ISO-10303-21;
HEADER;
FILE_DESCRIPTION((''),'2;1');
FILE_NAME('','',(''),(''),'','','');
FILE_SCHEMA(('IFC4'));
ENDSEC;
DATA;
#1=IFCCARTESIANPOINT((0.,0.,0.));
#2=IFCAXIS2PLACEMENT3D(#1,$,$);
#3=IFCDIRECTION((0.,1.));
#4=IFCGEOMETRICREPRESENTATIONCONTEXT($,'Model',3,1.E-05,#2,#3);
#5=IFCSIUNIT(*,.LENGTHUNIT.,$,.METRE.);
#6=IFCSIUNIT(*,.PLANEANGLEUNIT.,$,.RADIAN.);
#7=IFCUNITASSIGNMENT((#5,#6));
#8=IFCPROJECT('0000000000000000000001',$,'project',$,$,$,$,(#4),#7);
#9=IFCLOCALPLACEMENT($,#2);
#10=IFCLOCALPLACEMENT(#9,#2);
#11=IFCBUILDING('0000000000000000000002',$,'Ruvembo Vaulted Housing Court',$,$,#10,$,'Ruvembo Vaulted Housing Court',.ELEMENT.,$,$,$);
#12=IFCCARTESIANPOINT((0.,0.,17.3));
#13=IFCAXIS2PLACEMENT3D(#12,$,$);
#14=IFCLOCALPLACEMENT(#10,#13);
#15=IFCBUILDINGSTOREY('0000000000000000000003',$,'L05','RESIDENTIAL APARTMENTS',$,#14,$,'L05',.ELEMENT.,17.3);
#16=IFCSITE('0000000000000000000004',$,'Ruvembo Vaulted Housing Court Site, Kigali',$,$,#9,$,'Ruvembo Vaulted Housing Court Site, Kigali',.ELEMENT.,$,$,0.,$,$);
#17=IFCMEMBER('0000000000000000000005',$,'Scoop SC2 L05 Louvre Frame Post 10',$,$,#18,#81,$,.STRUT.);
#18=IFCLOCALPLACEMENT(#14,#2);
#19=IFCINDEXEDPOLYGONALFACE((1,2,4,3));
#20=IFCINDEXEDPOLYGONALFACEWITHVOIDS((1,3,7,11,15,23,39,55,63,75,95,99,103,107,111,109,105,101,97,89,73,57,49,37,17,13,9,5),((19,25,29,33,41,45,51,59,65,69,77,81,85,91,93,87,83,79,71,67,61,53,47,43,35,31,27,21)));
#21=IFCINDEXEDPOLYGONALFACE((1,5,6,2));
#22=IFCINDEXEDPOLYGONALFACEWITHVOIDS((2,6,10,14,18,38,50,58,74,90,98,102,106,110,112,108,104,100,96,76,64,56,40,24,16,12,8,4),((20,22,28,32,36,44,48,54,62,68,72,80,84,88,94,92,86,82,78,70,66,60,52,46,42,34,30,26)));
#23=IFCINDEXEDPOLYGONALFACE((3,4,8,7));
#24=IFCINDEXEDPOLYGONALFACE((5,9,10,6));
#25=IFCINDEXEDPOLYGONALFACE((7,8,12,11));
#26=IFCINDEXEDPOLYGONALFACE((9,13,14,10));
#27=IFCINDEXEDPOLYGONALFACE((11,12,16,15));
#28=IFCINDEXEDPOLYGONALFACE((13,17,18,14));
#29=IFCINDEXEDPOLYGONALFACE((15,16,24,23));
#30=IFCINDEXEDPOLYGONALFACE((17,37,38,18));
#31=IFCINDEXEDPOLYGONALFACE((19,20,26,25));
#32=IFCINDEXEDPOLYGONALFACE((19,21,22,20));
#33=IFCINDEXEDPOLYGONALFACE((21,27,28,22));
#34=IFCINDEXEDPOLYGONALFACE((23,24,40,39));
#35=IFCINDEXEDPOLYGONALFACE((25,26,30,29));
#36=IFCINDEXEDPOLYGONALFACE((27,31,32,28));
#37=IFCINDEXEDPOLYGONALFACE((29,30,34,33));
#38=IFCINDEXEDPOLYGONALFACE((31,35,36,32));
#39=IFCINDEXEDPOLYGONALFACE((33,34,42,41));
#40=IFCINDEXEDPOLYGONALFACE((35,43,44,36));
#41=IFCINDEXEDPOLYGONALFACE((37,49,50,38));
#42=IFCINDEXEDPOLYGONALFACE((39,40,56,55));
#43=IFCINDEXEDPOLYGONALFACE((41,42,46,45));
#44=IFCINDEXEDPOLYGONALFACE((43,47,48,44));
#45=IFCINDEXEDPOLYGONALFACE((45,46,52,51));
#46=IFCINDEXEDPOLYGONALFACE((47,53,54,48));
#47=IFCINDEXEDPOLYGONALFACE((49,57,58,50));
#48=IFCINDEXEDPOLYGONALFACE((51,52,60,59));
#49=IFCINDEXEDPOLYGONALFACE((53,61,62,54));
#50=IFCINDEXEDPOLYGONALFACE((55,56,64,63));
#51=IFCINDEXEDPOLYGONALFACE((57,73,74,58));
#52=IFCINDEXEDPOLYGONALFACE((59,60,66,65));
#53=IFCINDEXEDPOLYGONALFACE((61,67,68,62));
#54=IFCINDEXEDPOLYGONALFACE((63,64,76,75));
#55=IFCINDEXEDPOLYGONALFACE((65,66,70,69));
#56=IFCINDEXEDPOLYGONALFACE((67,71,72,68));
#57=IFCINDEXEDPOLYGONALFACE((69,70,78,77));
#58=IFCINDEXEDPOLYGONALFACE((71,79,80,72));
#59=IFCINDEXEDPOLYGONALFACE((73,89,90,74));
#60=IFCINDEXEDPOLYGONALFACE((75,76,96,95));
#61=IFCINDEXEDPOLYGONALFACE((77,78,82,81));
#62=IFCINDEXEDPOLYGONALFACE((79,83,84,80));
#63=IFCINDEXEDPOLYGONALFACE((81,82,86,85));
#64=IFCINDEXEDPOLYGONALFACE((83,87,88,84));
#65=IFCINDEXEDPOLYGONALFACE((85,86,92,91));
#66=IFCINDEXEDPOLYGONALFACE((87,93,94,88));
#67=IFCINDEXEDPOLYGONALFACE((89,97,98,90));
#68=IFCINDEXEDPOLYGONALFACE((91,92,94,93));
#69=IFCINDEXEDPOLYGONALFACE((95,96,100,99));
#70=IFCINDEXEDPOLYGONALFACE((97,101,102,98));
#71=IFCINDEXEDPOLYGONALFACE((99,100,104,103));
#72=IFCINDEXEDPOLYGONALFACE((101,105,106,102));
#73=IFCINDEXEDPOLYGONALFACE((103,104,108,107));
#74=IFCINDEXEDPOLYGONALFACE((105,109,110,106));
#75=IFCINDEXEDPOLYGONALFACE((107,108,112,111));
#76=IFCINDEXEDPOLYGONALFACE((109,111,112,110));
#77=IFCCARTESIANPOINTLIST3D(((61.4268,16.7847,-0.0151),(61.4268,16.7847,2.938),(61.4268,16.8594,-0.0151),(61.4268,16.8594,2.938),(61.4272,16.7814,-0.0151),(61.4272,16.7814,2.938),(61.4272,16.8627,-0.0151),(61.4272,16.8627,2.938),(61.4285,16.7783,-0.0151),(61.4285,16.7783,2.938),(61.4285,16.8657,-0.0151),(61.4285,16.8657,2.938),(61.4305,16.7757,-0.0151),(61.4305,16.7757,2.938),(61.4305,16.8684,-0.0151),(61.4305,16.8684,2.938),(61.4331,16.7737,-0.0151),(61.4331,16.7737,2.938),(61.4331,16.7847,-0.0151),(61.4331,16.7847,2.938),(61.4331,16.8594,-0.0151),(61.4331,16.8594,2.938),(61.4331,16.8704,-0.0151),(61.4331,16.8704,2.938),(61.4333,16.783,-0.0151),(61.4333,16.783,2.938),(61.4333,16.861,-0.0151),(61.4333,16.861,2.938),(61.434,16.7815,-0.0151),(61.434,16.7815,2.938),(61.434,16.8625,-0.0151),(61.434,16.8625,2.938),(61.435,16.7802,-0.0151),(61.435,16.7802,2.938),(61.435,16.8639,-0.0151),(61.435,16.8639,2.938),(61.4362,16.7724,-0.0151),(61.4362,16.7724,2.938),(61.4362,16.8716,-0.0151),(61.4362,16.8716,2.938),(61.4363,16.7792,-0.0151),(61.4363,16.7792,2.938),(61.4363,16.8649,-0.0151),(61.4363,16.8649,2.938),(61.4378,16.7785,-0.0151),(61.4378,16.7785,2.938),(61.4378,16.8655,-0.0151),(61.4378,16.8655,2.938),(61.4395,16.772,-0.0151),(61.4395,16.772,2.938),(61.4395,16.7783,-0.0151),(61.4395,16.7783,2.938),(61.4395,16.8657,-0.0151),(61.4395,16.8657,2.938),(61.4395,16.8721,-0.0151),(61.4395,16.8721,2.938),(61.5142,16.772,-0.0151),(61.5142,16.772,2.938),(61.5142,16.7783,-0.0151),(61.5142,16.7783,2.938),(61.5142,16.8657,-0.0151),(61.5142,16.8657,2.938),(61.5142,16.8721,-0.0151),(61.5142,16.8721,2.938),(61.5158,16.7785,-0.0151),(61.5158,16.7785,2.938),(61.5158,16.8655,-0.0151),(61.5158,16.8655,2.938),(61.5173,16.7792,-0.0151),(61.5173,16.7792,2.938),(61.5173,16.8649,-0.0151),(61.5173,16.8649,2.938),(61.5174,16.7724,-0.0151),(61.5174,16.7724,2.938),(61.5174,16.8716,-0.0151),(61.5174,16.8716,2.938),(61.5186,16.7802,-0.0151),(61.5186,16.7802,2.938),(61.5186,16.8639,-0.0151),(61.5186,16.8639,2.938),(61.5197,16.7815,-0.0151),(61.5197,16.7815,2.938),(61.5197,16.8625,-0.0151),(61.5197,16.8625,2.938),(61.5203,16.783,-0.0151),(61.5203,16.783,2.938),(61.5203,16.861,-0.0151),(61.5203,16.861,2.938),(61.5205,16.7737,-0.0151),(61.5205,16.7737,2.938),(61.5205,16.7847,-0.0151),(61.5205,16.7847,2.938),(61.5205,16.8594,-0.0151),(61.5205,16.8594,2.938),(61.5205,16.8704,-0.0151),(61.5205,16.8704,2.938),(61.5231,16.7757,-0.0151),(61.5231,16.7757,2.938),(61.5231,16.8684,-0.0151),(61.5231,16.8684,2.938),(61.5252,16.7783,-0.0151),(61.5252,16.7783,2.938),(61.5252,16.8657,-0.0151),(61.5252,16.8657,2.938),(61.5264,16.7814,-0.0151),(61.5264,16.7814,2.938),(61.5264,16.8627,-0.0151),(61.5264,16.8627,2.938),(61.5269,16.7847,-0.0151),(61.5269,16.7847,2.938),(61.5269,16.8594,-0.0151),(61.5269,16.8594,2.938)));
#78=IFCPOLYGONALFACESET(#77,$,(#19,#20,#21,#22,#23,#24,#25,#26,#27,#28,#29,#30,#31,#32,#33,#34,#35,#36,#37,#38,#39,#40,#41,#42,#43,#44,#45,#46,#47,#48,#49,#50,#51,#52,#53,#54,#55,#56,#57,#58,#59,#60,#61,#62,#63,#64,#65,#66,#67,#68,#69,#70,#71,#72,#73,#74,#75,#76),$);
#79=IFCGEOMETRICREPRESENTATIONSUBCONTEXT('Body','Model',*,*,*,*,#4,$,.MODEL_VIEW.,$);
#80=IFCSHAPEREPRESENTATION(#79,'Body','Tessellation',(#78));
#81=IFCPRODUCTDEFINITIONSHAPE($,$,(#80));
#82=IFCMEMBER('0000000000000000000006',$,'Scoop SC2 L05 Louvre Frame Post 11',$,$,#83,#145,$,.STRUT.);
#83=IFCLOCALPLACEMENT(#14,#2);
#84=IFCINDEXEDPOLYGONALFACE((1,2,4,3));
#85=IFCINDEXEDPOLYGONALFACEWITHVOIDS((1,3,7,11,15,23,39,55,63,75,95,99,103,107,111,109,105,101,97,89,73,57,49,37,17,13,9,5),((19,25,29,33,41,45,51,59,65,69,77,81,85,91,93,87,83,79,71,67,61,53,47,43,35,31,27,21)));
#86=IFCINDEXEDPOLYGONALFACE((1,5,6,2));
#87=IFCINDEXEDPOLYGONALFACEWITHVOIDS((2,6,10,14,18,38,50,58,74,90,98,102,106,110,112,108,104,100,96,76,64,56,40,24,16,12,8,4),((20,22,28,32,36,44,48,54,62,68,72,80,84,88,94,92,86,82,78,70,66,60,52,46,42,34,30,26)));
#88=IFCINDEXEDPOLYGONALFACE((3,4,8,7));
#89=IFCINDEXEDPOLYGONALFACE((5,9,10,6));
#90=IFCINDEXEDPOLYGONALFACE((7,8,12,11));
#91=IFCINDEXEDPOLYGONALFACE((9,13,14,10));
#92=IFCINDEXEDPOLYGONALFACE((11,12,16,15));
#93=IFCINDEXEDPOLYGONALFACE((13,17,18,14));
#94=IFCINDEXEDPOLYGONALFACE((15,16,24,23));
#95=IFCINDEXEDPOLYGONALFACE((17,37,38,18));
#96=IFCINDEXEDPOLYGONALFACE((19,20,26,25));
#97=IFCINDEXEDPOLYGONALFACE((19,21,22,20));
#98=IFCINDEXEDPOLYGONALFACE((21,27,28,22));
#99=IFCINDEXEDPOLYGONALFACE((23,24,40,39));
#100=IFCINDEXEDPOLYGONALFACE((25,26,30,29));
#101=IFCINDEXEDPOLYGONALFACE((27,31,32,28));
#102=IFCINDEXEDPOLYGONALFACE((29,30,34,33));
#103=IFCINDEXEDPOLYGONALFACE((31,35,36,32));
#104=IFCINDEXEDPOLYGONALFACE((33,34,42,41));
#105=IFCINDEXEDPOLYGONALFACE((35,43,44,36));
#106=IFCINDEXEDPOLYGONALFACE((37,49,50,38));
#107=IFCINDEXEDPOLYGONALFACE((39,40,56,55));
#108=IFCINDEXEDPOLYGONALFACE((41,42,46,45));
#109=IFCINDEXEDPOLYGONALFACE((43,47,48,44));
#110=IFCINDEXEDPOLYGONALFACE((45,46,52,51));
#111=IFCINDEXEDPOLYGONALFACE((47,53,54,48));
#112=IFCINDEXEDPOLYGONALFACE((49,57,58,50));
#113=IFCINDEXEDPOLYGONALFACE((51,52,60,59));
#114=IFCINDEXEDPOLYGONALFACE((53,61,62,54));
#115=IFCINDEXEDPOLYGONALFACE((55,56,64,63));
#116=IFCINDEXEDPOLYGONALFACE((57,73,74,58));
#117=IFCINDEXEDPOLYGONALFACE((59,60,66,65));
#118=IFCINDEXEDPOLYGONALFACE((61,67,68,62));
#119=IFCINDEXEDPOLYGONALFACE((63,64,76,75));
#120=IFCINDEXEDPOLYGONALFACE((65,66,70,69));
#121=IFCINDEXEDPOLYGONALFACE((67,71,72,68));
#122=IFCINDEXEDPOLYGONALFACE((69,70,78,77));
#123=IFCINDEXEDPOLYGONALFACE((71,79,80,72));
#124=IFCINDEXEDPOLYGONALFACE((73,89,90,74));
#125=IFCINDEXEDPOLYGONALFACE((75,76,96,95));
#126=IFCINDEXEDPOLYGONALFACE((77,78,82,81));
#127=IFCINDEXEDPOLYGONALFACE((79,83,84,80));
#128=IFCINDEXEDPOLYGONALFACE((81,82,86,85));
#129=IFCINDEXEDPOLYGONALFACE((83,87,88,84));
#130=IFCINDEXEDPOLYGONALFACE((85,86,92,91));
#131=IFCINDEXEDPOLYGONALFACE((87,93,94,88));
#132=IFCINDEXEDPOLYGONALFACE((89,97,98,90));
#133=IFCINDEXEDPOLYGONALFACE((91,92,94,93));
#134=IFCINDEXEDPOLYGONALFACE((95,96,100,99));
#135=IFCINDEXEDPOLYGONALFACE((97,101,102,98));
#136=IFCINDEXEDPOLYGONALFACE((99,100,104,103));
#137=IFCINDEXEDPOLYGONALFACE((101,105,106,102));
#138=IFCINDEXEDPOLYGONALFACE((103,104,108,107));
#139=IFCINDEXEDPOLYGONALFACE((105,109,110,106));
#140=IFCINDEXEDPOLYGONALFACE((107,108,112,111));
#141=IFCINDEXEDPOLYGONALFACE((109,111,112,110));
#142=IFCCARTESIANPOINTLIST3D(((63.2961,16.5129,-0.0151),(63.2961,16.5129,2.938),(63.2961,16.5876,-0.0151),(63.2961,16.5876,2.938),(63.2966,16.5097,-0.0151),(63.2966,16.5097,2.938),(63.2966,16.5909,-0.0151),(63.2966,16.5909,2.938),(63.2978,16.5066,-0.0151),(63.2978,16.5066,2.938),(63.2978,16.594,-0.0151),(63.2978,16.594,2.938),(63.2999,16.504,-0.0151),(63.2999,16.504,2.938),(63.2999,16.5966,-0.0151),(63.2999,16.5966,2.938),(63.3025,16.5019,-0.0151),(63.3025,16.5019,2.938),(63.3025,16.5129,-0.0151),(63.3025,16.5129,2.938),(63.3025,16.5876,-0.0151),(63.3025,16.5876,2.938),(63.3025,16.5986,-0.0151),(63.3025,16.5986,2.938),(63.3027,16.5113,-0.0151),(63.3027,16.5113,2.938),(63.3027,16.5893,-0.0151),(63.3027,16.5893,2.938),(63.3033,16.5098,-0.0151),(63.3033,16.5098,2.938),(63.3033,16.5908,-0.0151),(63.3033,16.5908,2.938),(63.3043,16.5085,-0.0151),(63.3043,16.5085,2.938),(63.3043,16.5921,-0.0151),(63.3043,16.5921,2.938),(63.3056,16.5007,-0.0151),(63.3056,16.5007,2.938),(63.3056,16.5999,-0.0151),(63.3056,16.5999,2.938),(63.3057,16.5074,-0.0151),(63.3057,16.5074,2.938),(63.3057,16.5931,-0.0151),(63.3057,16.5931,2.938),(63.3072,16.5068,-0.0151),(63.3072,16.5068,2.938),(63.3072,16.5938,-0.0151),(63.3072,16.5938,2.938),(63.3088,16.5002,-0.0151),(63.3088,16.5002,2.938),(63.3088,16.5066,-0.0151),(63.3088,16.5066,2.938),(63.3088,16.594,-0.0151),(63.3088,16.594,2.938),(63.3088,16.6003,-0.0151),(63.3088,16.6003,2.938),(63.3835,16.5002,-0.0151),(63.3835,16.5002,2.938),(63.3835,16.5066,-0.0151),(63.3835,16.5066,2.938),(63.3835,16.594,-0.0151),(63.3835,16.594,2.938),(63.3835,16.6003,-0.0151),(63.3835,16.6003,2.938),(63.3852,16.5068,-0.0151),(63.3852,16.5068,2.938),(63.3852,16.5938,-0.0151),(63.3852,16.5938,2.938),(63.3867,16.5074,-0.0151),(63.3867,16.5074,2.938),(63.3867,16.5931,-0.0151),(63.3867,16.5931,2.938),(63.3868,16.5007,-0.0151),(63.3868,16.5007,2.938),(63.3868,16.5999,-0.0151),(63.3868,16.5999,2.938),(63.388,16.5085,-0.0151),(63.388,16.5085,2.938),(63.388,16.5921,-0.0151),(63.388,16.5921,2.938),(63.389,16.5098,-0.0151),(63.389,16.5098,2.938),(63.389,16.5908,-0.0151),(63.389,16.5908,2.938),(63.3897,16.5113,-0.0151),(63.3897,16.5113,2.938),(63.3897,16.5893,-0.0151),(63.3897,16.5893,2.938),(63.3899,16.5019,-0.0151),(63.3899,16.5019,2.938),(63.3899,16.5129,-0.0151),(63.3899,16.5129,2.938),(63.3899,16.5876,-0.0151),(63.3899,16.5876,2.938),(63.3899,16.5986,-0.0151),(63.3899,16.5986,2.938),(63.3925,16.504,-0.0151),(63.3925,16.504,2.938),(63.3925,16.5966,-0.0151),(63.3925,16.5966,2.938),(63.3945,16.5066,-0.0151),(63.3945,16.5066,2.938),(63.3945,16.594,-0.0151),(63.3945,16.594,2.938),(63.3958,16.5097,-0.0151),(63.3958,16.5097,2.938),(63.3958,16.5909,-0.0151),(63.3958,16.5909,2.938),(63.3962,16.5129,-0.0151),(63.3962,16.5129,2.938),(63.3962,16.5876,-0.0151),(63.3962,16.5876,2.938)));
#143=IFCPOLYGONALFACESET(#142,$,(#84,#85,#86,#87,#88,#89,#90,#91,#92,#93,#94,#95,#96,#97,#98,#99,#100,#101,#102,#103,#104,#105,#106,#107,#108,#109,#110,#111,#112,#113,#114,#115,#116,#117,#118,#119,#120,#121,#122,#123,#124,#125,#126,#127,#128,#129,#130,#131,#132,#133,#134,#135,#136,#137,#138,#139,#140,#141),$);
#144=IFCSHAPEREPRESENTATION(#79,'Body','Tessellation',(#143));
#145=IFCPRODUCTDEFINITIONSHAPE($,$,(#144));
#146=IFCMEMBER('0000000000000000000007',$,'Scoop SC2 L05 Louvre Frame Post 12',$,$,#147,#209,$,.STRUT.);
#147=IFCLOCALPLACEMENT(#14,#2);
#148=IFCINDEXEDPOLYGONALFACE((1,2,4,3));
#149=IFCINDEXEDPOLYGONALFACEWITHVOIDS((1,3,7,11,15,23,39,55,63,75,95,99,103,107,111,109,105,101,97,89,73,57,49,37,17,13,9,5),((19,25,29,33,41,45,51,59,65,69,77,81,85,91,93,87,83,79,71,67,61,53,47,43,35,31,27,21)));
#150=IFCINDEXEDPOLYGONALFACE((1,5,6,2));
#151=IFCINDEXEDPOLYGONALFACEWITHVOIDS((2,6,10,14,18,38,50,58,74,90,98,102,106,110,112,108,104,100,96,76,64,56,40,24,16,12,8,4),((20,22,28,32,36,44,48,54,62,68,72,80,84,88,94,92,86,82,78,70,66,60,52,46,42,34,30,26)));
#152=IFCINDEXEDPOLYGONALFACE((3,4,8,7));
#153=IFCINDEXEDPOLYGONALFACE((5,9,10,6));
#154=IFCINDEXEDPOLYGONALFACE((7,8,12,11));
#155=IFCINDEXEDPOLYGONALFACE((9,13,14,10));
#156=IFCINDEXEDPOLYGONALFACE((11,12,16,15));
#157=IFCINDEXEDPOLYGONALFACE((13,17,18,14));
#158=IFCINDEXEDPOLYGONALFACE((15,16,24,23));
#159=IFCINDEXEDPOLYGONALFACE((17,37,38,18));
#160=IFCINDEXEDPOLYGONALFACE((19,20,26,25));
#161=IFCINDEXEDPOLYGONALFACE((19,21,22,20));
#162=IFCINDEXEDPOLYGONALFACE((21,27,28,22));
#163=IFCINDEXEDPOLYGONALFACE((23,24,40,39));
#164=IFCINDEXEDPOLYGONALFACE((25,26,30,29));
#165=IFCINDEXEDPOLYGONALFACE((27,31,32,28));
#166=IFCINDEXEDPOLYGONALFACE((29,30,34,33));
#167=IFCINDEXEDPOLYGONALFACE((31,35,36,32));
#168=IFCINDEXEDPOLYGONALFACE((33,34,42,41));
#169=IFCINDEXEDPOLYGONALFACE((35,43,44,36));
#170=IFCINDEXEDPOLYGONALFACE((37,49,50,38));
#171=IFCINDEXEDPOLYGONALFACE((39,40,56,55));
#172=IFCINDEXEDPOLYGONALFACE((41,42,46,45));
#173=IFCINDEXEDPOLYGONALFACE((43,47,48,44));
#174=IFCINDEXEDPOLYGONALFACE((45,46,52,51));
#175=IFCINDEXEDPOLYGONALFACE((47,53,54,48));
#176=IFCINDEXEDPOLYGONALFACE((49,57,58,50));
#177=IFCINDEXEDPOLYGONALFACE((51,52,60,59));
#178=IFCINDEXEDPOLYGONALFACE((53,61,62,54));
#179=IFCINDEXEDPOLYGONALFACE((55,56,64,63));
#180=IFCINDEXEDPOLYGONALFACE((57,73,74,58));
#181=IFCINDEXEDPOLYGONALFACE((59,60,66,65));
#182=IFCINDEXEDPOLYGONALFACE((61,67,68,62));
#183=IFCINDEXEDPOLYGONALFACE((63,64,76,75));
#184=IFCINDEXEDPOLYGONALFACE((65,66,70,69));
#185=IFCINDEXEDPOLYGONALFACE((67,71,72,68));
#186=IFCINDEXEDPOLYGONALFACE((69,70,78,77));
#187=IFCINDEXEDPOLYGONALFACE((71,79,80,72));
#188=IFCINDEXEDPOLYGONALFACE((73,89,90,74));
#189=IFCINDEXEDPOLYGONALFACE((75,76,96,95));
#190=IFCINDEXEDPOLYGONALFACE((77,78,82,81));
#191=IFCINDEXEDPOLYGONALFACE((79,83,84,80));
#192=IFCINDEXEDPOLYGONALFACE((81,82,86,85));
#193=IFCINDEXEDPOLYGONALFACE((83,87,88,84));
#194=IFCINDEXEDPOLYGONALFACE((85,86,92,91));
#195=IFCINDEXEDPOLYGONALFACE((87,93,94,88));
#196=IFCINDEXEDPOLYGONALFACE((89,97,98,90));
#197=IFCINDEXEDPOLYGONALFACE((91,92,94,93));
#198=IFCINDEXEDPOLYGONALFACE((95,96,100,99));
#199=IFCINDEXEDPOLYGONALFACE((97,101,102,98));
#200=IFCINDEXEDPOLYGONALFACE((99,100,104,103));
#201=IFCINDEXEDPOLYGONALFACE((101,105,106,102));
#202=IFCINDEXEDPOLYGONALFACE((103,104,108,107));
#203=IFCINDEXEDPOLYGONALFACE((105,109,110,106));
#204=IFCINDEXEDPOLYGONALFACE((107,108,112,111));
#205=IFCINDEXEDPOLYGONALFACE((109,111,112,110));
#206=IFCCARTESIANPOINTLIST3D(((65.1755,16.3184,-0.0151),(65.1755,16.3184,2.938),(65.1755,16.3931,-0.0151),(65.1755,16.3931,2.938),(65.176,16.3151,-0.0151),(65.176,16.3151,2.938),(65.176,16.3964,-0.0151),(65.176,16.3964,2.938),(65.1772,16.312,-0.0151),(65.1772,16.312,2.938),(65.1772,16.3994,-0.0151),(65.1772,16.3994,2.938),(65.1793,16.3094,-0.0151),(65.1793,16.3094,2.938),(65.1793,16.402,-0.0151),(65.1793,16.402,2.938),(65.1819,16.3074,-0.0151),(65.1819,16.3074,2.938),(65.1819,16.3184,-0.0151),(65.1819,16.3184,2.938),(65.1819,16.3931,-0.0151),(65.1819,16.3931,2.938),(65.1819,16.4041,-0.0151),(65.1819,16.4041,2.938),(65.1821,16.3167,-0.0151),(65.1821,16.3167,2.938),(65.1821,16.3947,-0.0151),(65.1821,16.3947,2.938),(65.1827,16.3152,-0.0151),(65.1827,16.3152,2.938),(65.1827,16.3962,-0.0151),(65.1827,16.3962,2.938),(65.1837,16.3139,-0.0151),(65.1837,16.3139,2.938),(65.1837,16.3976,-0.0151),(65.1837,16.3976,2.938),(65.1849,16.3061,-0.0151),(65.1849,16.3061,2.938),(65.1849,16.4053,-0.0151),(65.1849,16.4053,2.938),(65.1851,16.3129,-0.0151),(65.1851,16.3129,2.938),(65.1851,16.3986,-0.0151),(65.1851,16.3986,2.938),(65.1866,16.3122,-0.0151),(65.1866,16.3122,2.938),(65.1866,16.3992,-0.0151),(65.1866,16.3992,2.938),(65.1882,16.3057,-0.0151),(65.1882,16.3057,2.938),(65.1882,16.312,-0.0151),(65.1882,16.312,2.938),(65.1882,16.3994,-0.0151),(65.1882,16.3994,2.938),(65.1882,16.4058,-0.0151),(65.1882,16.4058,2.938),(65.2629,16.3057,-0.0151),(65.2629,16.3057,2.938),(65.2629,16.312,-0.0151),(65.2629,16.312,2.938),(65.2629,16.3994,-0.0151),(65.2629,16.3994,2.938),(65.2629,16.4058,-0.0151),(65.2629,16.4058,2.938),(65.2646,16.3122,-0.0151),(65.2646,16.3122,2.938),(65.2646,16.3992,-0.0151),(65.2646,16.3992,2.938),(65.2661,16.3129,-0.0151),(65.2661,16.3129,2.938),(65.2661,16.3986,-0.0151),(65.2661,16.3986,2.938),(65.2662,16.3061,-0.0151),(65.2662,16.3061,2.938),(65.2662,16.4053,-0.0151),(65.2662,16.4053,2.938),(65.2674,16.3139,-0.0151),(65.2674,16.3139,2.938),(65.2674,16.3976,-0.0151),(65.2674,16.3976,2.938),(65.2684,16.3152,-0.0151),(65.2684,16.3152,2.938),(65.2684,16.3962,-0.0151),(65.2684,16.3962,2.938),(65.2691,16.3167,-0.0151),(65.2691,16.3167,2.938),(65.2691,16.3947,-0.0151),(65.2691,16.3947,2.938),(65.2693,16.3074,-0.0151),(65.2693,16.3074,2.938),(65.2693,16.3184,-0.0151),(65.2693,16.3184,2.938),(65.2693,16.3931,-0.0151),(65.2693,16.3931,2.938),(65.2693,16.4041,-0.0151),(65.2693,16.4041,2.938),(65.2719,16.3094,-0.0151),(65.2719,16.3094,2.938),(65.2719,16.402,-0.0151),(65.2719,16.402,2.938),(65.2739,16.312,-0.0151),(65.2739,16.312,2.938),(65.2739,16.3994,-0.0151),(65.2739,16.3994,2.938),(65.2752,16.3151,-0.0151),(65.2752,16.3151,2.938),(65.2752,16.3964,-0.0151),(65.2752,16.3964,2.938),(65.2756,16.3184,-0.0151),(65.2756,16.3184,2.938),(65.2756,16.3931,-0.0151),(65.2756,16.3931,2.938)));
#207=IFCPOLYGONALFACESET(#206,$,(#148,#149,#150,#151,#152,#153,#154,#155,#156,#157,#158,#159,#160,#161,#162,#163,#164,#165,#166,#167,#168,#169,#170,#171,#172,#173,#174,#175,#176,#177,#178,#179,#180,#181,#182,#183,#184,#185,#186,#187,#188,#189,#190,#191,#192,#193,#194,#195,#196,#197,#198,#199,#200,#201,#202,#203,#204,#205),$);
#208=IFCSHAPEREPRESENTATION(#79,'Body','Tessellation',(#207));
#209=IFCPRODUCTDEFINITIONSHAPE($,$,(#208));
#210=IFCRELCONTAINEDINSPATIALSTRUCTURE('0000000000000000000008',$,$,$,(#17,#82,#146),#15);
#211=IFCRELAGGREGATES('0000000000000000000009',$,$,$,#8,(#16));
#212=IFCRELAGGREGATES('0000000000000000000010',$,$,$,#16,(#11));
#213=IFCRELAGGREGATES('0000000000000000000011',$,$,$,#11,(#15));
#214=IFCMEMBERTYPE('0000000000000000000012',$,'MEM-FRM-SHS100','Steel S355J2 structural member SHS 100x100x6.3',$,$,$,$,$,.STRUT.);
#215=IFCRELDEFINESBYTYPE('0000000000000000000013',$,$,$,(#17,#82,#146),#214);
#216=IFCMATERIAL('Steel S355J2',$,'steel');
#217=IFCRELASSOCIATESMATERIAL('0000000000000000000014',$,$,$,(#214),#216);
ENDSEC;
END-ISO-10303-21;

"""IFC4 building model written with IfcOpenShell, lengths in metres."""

from ifc_helpers import new_model, si_unit, direction, frame, origin, origin_2d, place, context, subcontext, project, spatial, hollow_rectangle, extrude, material, material_profile, profile_set, type_object, element, save


model = new_model("IFC4")

# Units and contexts
model_context = context("Model", 3, precision=1e-05, world=origin(), true_north=direction((0.0, 1.0)))
body_context = subcontext(model_context, "Body", "Model", "MODEL_VIEW")
ifc_project = project(units=[si_unit("LENGTHUNIT", "METRE"), si_unit("PLANEANGLEUNIT", "RADIAN")], contexts=[model_context])

# Site, building, storey
site_placement = place(None, origin())
site = spatial("IfcSite", under=ifc_project, at=site_placement, Name="Ruvembo Vaulted Housing Court Site, Kigali", LongName="Ruvembo Vaulted Housing Court Site, Kigali", CompositionType="ELEMENT", RefElevation=0.0)
building_placement = place(site_placement, origin())
building = spatial("IfcBuilding", under=site, at=building_placement, Name="Ruvembo Vaulted Housing Court", LongName="Ruvembo Vaulted Housing Court", CompositionType="ELEMENT")
storey_placement = place(building_placement, frame((0.0, 0.0, 17.3)))
storey = spatial("IfcBuildingStorey", under=building, at=storey_placement, Name="L05", Description="RESIDENTIAL APARTMENTS", LongName="L05", CompositionType="ELEMENT", Elevation=17.3)

# Shared definitions
ifc_material_1 = material(Name="Steel S355J2", Category="steel")

# Members
ifc_material_profile_1 = material_profile(ifc_material_1, hollow_rectangle(XDim=0.1001, YDim=0.1001, WallThickness=0.0063, InnerFilletRadius=0.0063, OuterFilletRadius=0.0127, at=origin_2d()), Name="SHS 100x100x6.3")
ifc_profile_set_1 = profile_set([ifc_material_profile_1], Name="Steel S355J2")
member_type_1 = type_object("IfcMemberType", Name="MEM-FRM-SHS100", Description="Steel S355J2 structural member SHS 100x100x6.3", PredefinedType="STRUT", material=ifc_profile_set_1)
for number, where, z_axis, x_axis, name in (
    (1, (61.4768, 16.822, -0.0151), (0.0, 0.0, 1.0), (1.0, 0.0, 0.0), "Scoop SC2 L05 Louvre Frame Post 10"),
    (2, (63.3462, 16.5503, -0.0151), (0.0, 0.0, 1.0), (1.0, 0.0, 0.0), "Scoop SC2 L05 Louvre Frame Post 11"),
    (3, (65.2256, 16.3557, -0.0151), (0.0, 0.0, 1.0), (1.0, 0.0, 0.0), "Scoop SC2 L05 Louvre Frame Post 12"),
):
    element("IfcMember", number, at=place(storey_placement, frame(where, z_axis=z_axis, x_axis=x_axis)), inside=storey, type_object=member_type_1, Name=name, PredefinedType="STRUT", context=body_context, shape_type="SweptSolid", body=[
        extrude(hollow_rectangle(XDim=0.1001, YDim=0.1001, WallThickness=0.0063, InnerFilletRadius=0.0063, OuterFilletRadius=0.0127, at=origin_2d()), origin(), (0.0, 0.0, 1.0), 2.9531),
    ])

save(model, "model.ifc")
